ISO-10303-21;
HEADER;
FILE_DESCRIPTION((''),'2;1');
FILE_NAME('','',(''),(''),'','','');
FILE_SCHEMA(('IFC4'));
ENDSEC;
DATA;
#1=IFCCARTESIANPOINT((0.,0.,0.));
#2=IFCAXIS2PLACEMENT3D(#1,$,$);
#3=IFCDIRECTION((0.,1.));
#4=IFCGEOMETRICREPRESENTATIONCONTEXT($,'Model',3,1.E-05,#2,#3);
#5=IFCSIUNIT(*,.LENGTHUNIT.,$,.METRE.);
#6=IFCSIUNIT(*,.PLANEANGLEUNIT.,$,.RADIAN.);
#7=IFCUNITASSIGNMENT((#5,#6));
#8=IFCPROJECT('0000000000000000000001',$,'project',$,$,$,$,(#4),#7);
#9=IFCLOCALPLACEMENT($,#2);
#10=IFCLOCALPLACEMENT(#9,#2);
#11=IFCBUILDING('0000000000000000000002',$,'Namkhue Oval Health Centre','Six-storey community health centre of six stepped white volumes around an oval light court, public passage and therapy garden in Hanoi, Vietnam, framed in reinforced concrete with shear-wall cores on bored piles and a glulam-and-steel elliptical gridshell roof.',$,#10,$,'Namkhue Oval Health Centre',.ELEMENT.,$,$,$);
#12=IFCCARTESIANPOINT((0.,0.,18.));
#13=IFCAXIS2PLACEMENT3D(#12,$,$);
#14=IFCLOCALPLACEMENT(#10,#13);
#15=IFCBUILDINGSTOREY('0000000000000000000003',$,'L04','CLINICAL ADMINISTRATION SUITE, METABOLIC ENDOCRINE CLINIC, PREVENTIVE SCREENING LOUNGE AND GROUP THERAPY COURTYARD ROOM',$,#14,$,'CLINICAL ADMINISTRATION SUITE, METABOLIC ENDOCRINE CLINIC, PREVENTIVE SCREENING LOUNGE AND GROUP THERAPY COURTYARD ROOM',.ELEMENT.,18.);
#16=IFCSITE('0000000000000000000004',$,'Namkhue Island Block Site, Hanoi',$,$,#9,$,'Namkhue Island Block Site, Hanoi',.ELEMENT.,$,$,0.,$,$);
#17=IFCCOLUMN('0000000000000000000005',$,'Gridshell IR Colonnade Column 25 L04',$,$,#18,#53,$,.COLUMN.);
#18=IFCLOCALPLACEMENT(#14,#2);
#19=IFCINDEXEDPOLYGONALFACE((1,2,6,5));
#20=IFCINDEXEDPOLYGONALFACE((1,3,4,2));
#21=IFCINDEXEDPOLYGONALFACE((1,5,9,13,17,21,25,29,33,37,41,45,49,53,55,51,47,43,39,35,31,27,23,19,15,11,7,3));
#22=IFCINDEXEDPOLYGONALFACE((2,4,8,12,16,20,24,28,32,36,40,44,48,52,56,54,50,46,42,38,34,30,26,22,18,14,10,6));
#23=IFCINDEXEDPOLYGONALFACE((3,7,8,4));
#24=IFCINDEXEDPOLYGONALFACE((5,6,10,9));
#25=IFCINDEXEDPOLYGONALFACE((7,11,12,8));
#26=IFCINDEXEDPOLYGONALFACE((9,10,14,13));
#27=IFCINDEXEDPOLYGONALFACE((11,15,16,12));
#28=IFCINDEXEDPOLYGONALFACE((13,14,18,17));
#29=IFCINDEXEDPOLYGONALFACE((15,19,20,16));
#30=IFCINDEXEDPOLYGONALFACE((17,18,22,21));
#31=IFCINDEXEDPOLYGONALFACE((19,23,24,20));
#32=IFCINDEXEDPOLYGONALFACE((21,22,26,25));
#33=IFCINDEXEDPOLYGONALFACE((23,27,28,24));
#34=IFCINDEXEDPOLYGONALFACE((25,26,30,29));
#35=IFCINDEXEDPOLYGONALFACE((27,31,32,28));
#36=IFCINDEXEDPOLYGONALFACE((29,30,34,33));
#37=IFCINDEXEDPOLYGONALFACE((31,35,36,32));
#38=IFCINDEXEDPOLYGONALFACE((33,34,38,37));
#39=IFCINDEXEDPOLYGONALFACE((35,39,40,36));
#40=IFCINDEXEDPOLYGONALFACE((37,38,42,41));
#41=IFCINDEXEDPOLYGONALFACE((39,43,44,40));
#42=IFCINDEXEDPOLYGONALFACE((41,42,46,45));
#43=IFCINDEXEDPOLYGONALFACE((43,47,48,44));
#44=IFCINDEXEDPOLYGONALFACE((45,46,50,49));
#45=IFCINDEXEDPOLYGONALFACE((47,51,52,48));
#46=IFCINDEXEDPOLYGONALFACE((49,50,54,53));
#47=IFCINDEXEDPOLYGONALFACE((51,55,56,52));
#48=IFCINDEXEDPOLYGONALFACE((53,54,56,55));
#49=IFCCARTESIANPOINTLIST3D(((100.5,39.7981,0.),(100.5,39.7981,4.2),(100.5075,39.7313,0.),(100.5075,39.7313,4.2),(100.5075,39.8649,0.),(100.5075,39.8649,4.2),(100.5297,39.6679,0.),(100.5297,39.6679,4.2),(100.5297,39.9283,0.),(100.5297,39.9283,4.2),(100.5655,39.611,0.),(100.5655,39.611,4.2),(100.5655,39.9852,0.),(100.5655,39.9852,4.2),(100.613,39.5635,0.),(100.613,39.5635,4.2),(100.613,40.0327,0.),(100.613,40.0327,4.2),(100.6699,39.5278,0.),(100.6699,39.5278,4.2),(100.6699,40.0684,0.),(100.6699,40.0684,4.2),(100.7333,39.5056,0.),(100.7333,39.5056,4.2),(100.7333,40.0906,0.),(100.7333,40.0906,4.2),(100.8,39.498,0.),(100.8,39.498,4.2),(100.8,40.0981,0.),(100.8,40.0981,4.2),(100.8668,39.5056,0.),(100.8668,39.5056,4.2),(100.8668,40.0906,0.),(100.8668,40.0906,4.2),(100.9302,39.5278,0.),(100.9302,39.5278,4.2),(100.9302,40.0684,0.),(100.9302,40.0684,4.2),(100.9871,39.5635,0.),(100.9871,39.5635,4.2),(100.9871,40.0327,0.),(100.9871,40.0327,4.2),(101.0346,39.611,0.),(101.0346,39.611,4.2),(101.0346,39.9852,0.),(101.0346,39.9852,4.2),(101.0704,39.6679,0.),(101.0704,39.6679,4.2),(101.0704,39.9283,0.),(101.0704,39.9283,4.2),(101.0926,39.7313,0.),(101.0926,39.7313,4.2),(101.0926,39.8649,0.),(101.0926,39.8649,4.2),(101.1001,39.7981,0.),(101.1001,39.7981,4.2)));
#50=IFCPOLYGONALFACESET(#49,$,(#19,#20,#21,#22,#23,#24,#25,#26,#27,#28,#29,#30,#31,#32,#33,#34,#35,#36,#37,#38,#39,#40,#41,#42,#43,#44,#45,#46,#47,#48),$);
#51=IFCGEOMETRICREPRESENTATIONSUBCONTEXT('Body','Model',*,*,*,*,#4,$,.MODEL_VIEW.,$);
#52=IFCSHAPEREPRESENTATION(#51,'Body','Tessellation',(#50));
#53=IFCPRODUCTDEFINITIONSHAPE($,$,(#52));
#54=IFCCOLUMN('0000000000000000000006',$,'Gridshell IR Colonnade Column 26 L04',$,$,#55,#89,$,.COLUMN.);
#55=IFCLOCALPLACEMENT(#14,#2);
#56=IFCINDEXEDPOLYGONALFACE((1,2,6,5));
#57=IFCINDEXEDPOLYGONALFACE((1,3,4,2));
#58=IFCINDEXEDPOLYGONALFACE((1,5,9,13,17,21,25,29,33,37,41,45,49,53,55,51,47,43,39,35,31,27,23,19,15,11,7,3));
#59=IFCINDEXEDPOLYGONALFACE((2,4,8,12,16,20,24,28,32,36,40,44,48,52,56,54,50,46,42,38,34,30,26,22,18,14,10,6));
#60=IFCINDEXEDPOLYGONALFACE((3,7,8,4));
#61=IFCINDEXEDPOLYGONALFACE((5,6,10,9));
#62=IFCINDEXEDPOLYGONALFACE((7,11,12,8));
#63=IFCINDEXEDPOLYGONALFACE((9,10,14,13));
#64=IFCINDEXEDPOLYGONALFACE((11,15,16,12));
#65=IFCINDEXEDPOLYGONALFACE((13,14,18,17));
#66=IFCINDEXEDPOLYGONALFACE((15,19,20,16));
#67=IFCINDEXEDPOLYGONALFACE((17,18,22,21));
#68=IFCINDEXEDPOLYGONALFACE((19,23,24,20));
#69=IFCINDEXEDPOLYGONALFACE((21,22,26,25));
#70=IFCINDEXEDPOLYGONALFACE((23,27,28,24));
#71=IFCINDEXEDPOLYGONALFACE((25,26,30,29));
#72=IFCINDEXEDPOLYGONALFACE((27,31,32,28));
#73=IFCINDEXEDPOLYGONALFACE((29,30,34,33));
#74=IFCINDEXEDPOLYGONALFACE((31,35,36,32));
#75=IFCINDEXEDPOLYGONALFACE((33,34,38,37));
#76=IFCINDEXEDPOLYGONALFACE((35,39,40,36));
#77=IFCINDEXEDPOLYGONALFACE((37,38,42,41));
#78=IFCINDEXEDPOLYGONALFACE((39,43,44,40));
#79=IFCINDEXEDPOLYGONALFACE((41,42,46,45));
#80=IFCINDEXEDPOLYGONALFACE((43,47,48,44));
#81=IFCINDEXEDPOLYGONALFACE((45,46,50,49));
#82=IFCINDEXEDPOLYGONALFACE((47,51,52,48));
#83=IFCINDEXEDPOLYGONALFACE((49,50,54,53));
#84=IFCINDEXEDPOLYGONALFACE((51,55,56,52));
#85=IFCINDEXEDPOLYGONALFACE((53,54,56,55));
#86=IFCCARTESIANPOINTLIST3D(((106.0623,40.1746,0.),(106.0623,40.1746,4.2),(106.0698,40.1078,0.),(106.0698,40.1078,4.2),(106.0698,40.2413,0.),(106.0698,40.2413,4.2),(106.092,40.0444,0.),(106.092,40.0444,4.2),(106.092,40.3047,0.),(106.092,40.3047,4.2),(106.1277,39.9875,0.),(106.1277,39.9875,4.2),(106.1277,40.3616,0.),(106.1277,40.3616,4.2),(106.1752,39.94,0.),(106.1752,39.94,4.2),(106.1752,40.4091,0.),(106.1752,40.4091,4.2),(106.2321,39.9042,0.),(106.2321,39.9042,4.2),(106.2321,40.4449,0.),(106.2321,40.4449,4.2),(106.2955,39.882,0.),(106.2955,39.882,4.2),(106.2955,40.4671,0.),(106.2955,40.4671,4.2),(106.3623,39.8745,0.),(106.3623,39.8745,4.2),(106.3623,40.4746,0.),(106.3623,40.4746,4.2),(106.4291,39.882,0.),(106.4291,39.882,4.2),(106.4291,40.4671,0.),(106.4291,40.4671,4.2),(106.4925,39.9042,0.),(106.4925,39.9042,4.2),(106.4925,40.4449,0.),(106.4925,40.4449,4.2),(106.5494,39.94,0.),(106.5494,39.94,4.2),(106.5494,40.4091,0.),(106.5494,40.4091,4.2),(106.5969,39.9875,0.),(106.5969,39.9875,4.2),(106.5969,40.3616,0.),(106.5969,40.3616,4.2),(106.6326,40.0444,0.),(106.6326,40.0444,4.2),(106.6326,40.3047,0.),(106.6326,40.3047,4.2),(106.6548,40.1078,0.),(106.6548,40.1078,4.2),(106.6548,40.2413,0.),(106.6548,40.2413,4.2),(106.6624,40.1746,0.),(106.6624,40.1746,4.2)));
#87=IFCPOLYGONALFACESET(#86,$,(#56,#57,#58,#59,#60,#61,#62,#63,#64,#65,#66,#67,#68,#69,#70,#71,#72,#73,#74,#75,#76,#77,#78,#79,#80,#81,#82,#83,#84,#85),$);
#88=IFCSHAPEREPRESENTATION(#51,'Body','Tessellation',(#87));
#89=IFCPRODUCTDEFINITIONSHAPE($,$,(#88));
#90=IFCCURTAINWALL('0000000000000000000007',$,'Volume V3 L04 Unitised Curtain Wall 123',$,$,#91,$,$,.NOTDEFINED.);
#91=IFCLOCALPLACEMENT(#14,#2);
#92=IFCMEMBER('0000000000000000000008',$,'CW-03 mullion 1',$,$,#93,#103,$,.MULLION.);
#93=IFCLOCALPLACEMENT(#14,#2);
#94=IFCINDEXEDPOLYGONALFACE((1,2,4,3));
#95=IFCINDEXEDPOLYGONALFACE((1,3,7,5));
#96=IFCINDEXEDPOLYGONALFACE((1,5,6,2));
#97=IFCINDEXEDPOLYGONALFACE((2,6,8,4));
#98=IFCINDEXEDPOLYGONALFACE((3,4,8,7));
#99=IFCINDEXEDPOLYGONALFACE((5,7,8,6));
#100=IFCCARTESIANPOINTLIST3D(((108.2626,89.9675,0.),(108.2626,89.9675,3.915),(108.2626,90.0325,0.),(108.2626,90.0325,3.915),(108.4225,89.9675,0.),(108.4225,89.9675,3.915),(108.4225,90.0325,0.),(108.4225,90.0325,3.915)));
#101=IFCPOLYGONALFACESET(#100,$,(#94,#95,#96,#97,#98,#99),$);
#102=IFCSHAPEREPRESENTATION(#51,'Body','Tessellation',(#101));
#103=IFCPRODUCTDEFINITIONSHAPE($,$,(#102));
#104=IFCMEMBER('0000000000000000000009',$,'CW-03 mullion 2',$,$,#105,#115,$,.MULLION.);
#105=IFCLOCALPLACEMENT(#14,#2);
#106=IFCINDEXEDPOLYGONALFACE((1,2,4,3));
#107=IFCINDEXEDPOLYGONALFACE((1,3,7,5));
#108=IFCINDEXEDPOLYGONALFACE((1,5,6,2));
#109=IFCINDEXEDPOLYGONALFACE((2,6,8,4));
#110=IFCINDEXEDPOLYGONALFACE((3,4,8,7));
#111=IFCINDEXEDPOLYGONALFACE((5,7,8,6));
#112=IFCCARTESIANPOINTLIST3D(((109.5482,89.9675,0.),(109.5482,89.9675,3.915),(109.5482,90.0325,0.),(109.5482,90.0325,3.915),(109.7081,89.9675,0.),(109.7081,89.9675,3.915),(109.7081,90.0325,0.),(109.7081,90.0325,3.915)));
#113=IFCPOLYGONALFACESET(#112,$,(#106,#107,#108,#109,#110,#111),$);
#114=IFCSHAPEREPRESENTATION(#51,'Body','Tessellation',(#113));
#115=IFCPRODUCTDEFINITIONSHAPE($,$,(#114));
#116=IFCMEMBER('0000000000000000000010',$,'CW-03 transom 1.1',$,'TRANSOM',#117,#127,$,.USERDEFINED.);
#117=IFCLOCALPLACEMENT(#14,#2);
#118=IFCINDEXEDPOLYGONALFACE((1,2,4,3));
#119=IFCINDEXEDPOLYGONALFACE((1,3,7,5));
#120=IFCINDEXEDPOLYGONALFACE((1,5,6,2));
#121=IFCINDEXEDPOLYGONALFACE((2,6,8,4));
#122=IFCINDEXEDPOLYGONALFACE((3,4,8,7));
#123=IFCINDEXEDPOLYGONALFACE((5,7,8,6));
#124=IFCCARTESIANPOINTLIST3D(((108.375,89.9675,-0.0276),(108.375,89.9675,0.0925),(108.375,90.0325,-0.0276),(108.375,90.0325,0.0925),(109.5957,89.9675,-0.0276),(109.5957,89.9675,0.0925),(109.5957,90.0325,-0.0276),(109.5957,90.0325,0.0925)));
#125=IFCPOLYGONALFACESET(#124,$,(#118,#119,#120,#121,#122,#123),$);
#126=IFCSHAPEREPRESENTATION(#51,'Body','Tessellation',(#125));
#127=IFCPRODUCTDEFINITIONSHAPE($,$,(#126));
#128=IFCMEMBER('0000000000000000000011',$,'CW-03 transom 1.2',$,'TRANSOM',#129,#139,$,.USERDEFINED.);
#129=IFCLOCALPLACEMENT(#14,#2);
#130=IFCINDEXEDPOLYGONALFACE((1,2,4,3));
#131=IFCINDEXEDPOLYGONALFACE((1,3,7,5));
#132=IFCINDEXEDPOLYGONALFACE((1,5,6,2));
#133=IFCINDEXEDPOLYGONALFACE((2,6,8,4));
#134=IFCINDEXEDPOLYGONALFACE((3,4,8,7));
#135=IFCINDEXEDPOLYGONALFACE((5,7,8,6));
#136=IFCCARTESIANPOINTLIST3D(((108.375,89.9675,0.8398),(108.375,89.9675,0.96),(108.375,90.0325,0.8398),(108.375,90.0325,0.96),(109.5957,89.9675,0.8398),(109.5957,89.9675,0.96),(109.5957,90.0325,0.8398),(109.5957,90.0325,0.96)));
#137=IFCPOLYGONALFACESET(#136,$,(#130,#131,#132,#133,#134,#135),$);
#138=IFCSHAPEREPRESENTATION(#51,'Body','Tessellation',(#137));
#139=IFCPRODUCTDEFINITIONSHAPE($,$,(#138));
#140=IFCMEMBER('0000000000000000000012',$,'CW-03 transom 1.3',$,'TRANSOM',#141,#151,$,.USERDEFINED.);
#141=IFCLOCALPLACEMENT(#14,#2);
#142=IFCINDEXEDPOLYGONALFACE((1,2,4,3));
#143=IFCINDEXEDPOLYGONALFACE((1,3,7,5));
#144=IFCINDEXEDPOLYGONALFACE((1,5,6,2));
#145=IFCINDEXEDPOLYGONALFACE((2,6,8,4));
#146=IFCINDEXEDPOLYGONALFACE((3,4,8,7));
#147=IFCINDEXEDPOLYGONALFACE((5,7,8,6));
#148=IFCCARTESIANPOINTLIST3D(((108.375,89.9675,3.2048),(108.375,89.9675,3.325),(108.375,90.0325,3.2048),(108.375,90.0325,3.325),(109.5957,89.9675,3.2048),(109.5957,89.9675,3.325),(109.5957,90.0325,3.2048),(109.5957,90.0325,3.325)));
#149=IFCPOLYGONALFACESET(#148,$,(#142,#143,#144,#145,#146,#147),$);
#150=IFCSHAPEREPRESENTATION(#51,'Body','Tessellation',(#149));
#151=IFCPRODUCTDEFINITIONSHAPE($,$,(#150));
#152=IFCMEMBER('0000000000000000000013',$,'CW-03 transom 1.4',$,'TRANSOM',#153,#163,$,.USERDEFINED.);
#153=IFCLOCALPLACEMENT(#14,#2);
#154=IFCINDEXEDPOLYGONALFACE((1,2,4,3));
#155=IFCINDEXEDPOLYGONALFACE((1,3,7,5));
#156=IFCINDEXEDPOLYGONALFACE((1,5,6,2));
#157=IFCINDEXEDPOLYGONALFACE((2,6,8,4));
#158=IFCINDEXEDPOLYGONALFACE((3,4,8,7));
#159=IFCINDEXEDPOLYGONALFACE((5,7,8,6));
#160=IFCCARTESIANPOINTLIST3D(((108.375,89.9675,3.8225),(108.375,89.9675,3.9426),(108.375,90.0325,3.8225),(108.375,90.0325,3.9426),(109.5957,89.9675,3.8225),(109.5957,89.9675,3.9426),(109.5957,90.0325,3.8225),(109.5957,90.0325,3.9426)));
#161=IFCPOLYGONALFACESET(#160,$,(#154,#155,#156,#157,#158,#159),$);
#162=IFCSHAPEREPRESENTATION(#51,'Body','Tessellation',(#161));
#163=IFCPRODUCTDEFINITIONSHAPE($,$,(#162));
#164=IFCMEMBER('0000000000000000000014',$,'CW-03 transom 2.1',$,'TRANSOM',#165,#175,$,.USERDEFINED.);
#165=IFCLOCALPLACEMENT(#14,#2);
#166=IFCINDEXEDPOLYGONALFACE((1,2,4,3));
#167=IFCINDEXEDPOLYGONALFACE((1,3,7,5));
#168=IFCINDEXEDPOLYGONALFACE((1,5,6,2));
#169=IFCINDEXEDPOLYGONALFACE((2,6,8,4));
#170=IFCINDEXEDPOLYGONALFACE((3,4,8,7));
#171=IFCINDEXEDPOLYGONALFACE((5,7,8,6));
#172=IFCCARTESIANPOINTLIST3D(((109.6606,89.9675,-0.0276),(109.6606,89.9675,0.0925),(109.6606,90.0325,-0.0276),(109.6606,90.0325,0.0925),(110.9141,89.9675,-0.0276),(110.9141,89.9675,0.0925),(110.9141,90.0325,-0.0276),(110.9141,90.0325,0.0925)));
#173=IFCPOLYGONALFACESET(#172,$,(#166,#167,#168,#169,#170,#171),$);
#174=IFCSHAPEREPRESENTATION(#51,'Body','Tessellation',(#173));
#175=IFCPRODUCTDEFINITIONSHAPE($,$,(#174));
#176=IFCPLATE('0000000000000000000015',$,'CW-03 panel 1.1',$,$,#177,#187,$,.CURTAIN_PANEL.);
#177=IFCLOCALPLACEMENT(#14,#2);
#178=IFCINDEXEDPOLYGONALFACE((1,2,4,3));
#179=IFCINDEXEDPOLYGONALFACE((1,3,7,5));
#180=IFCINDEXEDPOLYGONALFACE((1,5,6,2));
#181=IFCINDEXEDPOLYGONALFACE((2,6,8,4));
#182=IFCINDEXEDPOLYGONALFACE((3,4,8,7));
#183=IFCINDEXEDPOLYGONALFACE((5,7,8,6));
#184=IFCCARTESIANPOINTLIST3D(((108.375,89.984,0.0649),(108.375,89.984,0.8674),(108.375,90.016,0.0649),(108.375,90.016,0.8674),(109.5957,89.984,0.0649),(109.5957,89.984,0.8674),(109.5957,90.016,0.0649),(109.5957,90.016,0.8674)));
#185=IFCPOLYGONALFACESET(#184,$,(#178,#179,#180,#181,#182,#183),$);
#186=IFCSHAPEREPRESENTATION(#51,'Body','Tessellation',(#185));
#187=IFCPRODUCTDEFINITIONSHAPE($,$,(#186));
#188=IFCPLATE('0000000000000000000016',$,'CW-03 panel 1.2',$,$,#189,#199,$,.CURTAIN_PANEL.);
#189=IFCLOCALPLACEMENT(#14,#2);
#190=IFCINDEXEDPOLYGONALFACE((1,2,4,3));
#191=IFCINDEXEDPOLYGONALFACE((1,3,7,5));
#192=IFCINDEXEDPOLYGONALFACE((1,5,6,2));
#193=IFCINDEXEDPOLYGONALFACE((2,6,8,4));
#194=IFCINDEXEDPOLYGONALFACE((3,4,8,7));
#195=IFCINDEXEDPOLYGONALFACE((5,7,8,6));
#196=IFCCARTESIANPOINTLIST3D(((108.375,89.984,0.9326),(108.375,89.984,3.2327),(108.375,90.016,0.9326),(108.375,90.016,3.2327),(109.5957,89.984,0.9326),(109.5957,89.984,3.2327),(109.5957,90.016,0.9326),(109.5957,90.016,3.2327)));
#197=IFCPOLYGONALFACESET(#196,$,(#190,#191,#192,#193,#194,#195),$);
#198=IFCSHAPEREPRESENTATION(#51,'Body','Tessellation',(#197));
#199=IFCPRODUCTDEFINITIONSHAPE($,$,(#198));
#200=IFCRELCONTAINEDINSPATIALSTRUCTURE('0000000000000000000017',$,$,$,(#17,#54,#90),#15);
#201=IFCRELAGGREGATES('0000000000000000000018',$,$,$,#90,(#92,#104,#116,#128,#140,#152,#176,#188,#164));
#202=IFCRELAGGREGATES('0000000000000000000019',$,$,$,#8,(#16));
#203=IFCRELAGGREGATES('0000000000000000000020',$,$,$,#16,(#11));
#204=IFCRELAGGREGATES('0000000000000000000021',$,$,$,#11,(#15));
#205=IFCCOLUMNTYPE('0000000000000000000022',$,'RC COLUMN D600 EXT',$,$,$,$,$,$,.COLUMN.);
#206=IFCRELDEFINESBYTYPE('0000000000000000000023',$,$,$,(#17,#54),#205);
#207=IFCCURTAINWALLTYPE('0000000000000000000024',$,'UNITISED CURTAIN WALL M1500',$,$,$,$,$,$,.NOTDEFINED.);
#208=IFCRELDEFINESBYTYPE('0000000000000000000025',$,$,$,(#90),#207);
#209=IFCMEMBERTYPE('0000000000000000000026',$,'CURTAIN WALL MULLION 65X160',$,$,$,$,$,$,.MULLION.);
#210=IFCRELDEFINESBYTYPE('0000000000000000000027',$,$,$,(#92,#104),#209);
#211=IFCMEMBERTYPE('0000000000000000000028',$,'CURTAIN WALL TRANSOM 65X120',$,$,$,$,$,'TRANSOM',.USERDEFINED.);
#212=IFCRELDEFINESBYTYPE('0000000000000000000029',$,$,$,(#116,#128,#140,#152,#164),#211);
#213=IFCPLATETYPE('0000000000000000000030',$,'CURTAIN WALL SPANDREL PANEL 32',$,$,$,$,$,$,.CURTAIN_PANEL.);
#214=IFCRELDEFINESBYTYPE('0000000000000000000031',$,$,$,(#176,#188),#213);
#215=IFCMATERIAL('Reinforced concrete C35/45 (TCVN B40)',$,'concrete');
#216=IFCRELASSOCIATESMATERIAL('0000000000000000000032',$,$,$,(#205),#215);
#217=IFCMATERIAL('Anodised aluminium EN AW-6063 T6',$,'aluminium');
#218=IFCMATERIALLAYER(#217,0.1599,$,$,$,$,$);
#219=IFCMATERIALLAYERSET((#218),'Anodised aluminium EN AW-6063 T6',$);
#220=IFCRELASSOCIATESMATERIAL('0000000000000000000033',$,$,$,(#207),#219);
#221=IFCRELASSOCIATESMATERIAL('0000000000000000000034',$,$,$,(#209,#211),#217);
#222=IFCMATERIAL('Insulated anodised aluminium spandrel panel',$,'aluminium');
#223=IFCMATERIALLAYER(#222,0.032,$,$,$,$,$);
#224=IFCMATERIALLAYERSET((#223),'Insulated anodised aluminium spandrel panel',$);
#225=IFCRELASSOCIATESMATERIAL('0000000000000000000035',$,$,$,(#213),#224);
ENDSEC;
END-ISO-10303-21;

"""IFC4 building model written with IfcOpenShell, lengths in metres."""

from ifc_helpers import new_model, si_unit, direction, frame, origin, origin_2d, place, context, subcontext, project, spatial, rectangle, circle, extrude, material, layer, layer_set, material_profile, profile_set, type_object, element, aggregate, save


model = new_model("IFC4")

# Units and contexts
model_context = context("Model", 3, precision=1e-05, world=origin(), true_north=direction((0.0, 1.0)))
body_context = subcontext(model_context, "Body", "Model", "MODEL_VIEW")
ifc_project = project(units=[si_unit("LENGTHUNIT", "METRE"), si_unit("PLANEANGLEUNIT", "RADIAN")], contexts=[model_context])

# Site, building, storey
site_placement = place(None, origin())
site = spatial("IfcSite", under=ifc_project, at=site_placement, Name="Namkhue Island Block Site, Hanoi", LongName="Namkhue Island Block Site, Hanoi", CompositionType="ELEMENT", RefElevation=0.0)
building_placement = place(site_placement, origin())
building = spatial("IfcBuilding", under=site, at=building_placement, Name="Namkhue Oval Health Centre", Description="Six-storey community health centre of six stepped white volumes around an oval light court, public passage and therapy garden in Hanoi, Vietnam, framed in reinforced concrete with shear-wall cores on bored piles and a glulam-and-steel elliptical gridshell roof.", LongName="Namkhue Oval Health Centre", CompositionType="ELEMENT")
storey_placement = place(building_placement, frame((0.0, 0.0, 18.0)))
storey = spatial("IfcBuildingStorey", under=building, at=storey_placement, Name="L04", Description="CLINICAL ADMINISTRATION SUITE, METABOLIC ENDOCRINE CLINIC, PREVENTIVE SCREENING LOUNGE AND GROUP THERAPY COURTYARD ROOM", LongName="CLINICAL ADMINISTRATION SUITE, METABOLIC ENDOCRINE CLINIC, PREVENTIVE SCREENING LOUNGE AND GROUP THERAPY COURTYARD ROOM", CompositionType="ELEMENT", Elevation=18.0)

# Columns
ifc_material_1 = material(Name="Reinforced concrete C35/45 (TCVN B40)", Category="concrete")
ifc_material_profile_1 = material_profile(ifc_material_1, circle(Radius=0.3, at=origin_2d()), Name="RC D600")
ifc_profile_set_1 = profile_set([ifc_material_profile_1], Name="Reinforced concrete C35/45 (TCVN B40)")
column_type = type_object("IfcColumnType", Name="RC COLUMN D600 EXT", PredefinedType="COLUMN", material=ifc_profile_set_1)
for number, where, z_axis, x_axis, name in (
    (1, (100.8, 39.7981, 0.0), (0.0, 0.0, 1.0), (1.0, 0.0, 0.0), "Gridshell IR Colonnade Column 25 L04"),
    (2, (106.3623, 40.1746, 0.0), (0.0, 0.0, 1.0), (1.0, 0.0, 0.0), "Gridshell IR Colonnade Column 26 L04"),
):
    element("IfcColumn", number, at=place(storey_placement, frame(where, z_axis=z_axis, x_axis=x_axis)), inside=storey, type_object=column_type, Name=name, PredefinedType="COLUMN", context=body_context, shape_type="SweptSolid", body=[
        extrude(circle(Radius=0.3, at=origin_2d()), origin(), (0.0, 0.0, 1.0), 4.2),
    ])

# Curtain wall, members, plates
ifc_material_2 = material(Name="Anodised aluminium EN AW-6063 T6", Category="aluminium")
ifc_layer_1 = layer(ifc_material_2, 0.1599)
ifc_layer_set_1 = layer_set([ifc_layer_1], Name="Anodised aluminium EN AW-6063 T6")
curtain_wall_type = type_object("IfcCurtainWallType", Name="UNITISED CURTAIN WALL M1500", PredefinedType="NOTDEFINED", material=ifc_layer_set_1)
curtain_wall_placement = place(storey_placement, origin())
curtain_wall = element("IfcCurtainWall", 3, at=curtain_wall_placement, inside=storey, type_object=curtain_wall_type, Name="Volume V3 L04 Unitised Curtain Wall 123", PredefinedType="NOTDEFINED")
ifc_material_profile_2 = material_profile(ifc_material_2, rectangle(XDim=0.0649, YDim=0.1599, at=origin_2d()), Name="ALU 65x160")
ifc_profile_set_2 = profile_set([ifc_material_profile_2], Name="Anodised aluminium EN AW-6063 T6")
member_type_1 = type_object("IfcMemberType", Name="CURTAIN WALL MULLION 65X160", PredefinedType="MULLION", material=ifc_profile_set_2)
member_1_placement = place(storey_placement, frame((108.3425, 90.0, 0.0), z_axis=(0.0, 0.0, 1.0), x_axis=(0.0, 1.0, 0.0)))
member_1 = element("IfcMember", 4, at=member_1_placement, type_object=member_type_1, Name="CW-03 mullion 1", PredefinedType="MULLION", context=body_context, shape_type="SweptSolid", body=[
    extrude(rectangle(XDim=0.0649, YDim=0.1599, at=origin_2d()), origin(), (0.0, 0.0, 1.0), 3.915),
])
member_2_placement = place(storey_placement, frame((109.6282, 90.0, 0.0), z_axis=(0.0, 0.0, 1.0), x_axis=(0.0, 1.0, 0.0)))
member_2 = element("IfcMember", 5, at=member_2_placement, type_object=member_type_1, Name="CW-03 mullion 2", PredefinedType="MULLION", context=body_context, shape_type="SweptSolid", body=[
    extrude(rectangle(XDim=0.0649, YDim=0.1599, at=origin_2d()), origin(), (0.0, 0.0, 1.0), 3.915),
])
ifc_material_profile_3 = material_profile(ifc_material_2, rectangle(XDim=0.0649, YDim=0.1201, at=origin_2d()), Name="ALU 65x120")
ifc_profile_set_3 = profile_set([ifc_material_profile_3], Name="Anodised aluminium EN AW-6063 T6")
member_type_2 = type_object("IfcMemberType", Name="CURTAIN WALL TRANSOM 65X120", ElementType="TRANSOM", PredefinedType="USERDEFINED", material=ifc_profile_set_3)
member_3_placement = place(storey_placement, frame((108.375, 90.0, 0.0325), z_axis=(1.0, 0.0, 0.0), x_axis=(0.0, 1.0, 0.0)))
member_3 = element("IfcMember", 6, at=member_3_placement, type_object=member_type_2, Name="CW-03 transom 1.1", ObjectType="TRANSOM", PredefinedType="USERDEFINED", context=body_context, shape_type="SweptSolid", body=[
    extrude(rectangle(XDim=0.0649, YDim=0.1201, at=origin_2d()), origin(), (0.0, 0.0, 1.0), 1.2207),
])
member_4_placement = place(storey_placement, frame((108.375, 90.0, 0.8999), z_axis=(1.0, 0.0, 0.0), x_axis=(0.0, 1.0, 0.0)))
member_4 = element("IfcMember", 7, at=member_4_placement, type_object=member_type_2, Name="CW-03 transom 1.2", ObjectType="TRANSOM", PredefinedType="USERDEFINED", context=body_context, shape_type="SweptSolid", body=[
    extrude(rectangle(XDim=0.0649, YDim=0.1201, at=origin_2d()), origin(), (0.0, 0.0, 1.0), 1.2207),
])
member_5_placement = place(storey_placement, frame((108.375, 90.0, 3.2649), z_axis=(1.0, 0.0, 0.0), x_axis=(0.0, 1.0, 0.0)))
member_5 = element("IfcMember", 8, at=member_5_placement, type_object=member_type_2, Name="CW-03 transom 1.3", ObjectType="TRANSOM", PredefinedType="USERDEFINED", context=body_context, shape_type="SweptSolid", body=[
    extrude(rectangle(XDim=0.0649, YDim=0.1201, at=origin_2d()), origin(), (0.0, 0.0, 1.0), 1.2207),
])
member_6_placement = place(storey_placement, frame((108.375, 90.0, 3.8826), z_axis=(1.0, 0.0, 0.0), x_axis=(0.0, 1.0, 0.0)))
member_6 = element("IfcMember", 9, at=member_6_placement, type_object=member_type_2, Name="CW-03 transom 1.4", ObjectType="TRANSOM", PredefinedType="USERDEFINED", context=body_context, shape_type="SweptSolid", body=[
    extrude(rectangle(XDim=0.0649, YDim=0.1201, at=origin_2d()), origin(), (0.0, 0.0, 1.0), 1.2207),
])
member_7_placement = place(storey_placement, frame((109.6606, 90.0, 0.0325), z_axis=(1.0, 0.0, 0.0), x_axis=(0.0, 1.0, 0.0)))
member_7 = element("IfcMember", 10, at=member_7_placement, type_object=member_type_2, Name="CW-03 transom 2.1", ObjectType="TRANSOM", PredefinedType="USERDEFINED", context=body_context, shape_type="SweptSolid", body=[
    extrude(rectangle(XDim=0.0649, YDim=0.1201, at=origin_2d()), origin(), (0.0, 0.0, 1.0), 1.2534),
])
ifc_material_3 = material(Name="Insulated anodised aluminium spandrel panel", Category="aluminium")
ifc_layer_2 = layer(ifc_material_3, 0.032)
ifc_layer_set_2 = layer_set([ifc_layer_2], Name="Insulated anodised aluminium spandrel panel")
plate_type = type_object("IfcPlateType", Name="CURTAIN WALL SPANDREL PANEL 32", PredefinedType="CURTAIN_PANEL", material=ifc_layer_set_2)
plate_1_placement = place(storey_placement, frame((108.9854, 90.0, 0.0649), z_axis=(0.0, 0.0, 1.0), x_axis=(1.0, 0.0, 0.0)))
plate_1 = element("IfcPlate", 11, at=plate_1_placement, type_object=plate_type, Name="CW-03 panel 1.1", PredefinedType="CURTAIN_PANEL", context=body_context, shape_type="SweptSolid", body=[
    extrude(rectangle(XDim=1.2207, YDim=0.032, at=origin_2d()), origin(), (0.0, 0.0, 1.0), 0.8025),
])
plate_2_placement = place(storey_placement, frame((108.9854, 90.0, 0.9326), z_axis=(0.0, 0.0, 1.0), x_axis=(1.0, 0.0, 0.0)))
plate_2 = element("IfcPlate", 12, at=plate_2_placement, type_object=plate_type, Name="CW-03 panel 1.2", PredefinedType="CURTAIN_PANEL", context=body_context, shape_type="SweptSolid", body=[
    extrude(rectangle(XDim=1.2207, YDim=0.032, at=origin_2d()), origin(), (0.0, 0.0, 1.0), 2.3),
])
aggregate(curtain_wall, [member_1, member_2, member_3, member_4, member_5, member_6, plate_1, plate_2, member_7])

save(model, "model.ifc")
